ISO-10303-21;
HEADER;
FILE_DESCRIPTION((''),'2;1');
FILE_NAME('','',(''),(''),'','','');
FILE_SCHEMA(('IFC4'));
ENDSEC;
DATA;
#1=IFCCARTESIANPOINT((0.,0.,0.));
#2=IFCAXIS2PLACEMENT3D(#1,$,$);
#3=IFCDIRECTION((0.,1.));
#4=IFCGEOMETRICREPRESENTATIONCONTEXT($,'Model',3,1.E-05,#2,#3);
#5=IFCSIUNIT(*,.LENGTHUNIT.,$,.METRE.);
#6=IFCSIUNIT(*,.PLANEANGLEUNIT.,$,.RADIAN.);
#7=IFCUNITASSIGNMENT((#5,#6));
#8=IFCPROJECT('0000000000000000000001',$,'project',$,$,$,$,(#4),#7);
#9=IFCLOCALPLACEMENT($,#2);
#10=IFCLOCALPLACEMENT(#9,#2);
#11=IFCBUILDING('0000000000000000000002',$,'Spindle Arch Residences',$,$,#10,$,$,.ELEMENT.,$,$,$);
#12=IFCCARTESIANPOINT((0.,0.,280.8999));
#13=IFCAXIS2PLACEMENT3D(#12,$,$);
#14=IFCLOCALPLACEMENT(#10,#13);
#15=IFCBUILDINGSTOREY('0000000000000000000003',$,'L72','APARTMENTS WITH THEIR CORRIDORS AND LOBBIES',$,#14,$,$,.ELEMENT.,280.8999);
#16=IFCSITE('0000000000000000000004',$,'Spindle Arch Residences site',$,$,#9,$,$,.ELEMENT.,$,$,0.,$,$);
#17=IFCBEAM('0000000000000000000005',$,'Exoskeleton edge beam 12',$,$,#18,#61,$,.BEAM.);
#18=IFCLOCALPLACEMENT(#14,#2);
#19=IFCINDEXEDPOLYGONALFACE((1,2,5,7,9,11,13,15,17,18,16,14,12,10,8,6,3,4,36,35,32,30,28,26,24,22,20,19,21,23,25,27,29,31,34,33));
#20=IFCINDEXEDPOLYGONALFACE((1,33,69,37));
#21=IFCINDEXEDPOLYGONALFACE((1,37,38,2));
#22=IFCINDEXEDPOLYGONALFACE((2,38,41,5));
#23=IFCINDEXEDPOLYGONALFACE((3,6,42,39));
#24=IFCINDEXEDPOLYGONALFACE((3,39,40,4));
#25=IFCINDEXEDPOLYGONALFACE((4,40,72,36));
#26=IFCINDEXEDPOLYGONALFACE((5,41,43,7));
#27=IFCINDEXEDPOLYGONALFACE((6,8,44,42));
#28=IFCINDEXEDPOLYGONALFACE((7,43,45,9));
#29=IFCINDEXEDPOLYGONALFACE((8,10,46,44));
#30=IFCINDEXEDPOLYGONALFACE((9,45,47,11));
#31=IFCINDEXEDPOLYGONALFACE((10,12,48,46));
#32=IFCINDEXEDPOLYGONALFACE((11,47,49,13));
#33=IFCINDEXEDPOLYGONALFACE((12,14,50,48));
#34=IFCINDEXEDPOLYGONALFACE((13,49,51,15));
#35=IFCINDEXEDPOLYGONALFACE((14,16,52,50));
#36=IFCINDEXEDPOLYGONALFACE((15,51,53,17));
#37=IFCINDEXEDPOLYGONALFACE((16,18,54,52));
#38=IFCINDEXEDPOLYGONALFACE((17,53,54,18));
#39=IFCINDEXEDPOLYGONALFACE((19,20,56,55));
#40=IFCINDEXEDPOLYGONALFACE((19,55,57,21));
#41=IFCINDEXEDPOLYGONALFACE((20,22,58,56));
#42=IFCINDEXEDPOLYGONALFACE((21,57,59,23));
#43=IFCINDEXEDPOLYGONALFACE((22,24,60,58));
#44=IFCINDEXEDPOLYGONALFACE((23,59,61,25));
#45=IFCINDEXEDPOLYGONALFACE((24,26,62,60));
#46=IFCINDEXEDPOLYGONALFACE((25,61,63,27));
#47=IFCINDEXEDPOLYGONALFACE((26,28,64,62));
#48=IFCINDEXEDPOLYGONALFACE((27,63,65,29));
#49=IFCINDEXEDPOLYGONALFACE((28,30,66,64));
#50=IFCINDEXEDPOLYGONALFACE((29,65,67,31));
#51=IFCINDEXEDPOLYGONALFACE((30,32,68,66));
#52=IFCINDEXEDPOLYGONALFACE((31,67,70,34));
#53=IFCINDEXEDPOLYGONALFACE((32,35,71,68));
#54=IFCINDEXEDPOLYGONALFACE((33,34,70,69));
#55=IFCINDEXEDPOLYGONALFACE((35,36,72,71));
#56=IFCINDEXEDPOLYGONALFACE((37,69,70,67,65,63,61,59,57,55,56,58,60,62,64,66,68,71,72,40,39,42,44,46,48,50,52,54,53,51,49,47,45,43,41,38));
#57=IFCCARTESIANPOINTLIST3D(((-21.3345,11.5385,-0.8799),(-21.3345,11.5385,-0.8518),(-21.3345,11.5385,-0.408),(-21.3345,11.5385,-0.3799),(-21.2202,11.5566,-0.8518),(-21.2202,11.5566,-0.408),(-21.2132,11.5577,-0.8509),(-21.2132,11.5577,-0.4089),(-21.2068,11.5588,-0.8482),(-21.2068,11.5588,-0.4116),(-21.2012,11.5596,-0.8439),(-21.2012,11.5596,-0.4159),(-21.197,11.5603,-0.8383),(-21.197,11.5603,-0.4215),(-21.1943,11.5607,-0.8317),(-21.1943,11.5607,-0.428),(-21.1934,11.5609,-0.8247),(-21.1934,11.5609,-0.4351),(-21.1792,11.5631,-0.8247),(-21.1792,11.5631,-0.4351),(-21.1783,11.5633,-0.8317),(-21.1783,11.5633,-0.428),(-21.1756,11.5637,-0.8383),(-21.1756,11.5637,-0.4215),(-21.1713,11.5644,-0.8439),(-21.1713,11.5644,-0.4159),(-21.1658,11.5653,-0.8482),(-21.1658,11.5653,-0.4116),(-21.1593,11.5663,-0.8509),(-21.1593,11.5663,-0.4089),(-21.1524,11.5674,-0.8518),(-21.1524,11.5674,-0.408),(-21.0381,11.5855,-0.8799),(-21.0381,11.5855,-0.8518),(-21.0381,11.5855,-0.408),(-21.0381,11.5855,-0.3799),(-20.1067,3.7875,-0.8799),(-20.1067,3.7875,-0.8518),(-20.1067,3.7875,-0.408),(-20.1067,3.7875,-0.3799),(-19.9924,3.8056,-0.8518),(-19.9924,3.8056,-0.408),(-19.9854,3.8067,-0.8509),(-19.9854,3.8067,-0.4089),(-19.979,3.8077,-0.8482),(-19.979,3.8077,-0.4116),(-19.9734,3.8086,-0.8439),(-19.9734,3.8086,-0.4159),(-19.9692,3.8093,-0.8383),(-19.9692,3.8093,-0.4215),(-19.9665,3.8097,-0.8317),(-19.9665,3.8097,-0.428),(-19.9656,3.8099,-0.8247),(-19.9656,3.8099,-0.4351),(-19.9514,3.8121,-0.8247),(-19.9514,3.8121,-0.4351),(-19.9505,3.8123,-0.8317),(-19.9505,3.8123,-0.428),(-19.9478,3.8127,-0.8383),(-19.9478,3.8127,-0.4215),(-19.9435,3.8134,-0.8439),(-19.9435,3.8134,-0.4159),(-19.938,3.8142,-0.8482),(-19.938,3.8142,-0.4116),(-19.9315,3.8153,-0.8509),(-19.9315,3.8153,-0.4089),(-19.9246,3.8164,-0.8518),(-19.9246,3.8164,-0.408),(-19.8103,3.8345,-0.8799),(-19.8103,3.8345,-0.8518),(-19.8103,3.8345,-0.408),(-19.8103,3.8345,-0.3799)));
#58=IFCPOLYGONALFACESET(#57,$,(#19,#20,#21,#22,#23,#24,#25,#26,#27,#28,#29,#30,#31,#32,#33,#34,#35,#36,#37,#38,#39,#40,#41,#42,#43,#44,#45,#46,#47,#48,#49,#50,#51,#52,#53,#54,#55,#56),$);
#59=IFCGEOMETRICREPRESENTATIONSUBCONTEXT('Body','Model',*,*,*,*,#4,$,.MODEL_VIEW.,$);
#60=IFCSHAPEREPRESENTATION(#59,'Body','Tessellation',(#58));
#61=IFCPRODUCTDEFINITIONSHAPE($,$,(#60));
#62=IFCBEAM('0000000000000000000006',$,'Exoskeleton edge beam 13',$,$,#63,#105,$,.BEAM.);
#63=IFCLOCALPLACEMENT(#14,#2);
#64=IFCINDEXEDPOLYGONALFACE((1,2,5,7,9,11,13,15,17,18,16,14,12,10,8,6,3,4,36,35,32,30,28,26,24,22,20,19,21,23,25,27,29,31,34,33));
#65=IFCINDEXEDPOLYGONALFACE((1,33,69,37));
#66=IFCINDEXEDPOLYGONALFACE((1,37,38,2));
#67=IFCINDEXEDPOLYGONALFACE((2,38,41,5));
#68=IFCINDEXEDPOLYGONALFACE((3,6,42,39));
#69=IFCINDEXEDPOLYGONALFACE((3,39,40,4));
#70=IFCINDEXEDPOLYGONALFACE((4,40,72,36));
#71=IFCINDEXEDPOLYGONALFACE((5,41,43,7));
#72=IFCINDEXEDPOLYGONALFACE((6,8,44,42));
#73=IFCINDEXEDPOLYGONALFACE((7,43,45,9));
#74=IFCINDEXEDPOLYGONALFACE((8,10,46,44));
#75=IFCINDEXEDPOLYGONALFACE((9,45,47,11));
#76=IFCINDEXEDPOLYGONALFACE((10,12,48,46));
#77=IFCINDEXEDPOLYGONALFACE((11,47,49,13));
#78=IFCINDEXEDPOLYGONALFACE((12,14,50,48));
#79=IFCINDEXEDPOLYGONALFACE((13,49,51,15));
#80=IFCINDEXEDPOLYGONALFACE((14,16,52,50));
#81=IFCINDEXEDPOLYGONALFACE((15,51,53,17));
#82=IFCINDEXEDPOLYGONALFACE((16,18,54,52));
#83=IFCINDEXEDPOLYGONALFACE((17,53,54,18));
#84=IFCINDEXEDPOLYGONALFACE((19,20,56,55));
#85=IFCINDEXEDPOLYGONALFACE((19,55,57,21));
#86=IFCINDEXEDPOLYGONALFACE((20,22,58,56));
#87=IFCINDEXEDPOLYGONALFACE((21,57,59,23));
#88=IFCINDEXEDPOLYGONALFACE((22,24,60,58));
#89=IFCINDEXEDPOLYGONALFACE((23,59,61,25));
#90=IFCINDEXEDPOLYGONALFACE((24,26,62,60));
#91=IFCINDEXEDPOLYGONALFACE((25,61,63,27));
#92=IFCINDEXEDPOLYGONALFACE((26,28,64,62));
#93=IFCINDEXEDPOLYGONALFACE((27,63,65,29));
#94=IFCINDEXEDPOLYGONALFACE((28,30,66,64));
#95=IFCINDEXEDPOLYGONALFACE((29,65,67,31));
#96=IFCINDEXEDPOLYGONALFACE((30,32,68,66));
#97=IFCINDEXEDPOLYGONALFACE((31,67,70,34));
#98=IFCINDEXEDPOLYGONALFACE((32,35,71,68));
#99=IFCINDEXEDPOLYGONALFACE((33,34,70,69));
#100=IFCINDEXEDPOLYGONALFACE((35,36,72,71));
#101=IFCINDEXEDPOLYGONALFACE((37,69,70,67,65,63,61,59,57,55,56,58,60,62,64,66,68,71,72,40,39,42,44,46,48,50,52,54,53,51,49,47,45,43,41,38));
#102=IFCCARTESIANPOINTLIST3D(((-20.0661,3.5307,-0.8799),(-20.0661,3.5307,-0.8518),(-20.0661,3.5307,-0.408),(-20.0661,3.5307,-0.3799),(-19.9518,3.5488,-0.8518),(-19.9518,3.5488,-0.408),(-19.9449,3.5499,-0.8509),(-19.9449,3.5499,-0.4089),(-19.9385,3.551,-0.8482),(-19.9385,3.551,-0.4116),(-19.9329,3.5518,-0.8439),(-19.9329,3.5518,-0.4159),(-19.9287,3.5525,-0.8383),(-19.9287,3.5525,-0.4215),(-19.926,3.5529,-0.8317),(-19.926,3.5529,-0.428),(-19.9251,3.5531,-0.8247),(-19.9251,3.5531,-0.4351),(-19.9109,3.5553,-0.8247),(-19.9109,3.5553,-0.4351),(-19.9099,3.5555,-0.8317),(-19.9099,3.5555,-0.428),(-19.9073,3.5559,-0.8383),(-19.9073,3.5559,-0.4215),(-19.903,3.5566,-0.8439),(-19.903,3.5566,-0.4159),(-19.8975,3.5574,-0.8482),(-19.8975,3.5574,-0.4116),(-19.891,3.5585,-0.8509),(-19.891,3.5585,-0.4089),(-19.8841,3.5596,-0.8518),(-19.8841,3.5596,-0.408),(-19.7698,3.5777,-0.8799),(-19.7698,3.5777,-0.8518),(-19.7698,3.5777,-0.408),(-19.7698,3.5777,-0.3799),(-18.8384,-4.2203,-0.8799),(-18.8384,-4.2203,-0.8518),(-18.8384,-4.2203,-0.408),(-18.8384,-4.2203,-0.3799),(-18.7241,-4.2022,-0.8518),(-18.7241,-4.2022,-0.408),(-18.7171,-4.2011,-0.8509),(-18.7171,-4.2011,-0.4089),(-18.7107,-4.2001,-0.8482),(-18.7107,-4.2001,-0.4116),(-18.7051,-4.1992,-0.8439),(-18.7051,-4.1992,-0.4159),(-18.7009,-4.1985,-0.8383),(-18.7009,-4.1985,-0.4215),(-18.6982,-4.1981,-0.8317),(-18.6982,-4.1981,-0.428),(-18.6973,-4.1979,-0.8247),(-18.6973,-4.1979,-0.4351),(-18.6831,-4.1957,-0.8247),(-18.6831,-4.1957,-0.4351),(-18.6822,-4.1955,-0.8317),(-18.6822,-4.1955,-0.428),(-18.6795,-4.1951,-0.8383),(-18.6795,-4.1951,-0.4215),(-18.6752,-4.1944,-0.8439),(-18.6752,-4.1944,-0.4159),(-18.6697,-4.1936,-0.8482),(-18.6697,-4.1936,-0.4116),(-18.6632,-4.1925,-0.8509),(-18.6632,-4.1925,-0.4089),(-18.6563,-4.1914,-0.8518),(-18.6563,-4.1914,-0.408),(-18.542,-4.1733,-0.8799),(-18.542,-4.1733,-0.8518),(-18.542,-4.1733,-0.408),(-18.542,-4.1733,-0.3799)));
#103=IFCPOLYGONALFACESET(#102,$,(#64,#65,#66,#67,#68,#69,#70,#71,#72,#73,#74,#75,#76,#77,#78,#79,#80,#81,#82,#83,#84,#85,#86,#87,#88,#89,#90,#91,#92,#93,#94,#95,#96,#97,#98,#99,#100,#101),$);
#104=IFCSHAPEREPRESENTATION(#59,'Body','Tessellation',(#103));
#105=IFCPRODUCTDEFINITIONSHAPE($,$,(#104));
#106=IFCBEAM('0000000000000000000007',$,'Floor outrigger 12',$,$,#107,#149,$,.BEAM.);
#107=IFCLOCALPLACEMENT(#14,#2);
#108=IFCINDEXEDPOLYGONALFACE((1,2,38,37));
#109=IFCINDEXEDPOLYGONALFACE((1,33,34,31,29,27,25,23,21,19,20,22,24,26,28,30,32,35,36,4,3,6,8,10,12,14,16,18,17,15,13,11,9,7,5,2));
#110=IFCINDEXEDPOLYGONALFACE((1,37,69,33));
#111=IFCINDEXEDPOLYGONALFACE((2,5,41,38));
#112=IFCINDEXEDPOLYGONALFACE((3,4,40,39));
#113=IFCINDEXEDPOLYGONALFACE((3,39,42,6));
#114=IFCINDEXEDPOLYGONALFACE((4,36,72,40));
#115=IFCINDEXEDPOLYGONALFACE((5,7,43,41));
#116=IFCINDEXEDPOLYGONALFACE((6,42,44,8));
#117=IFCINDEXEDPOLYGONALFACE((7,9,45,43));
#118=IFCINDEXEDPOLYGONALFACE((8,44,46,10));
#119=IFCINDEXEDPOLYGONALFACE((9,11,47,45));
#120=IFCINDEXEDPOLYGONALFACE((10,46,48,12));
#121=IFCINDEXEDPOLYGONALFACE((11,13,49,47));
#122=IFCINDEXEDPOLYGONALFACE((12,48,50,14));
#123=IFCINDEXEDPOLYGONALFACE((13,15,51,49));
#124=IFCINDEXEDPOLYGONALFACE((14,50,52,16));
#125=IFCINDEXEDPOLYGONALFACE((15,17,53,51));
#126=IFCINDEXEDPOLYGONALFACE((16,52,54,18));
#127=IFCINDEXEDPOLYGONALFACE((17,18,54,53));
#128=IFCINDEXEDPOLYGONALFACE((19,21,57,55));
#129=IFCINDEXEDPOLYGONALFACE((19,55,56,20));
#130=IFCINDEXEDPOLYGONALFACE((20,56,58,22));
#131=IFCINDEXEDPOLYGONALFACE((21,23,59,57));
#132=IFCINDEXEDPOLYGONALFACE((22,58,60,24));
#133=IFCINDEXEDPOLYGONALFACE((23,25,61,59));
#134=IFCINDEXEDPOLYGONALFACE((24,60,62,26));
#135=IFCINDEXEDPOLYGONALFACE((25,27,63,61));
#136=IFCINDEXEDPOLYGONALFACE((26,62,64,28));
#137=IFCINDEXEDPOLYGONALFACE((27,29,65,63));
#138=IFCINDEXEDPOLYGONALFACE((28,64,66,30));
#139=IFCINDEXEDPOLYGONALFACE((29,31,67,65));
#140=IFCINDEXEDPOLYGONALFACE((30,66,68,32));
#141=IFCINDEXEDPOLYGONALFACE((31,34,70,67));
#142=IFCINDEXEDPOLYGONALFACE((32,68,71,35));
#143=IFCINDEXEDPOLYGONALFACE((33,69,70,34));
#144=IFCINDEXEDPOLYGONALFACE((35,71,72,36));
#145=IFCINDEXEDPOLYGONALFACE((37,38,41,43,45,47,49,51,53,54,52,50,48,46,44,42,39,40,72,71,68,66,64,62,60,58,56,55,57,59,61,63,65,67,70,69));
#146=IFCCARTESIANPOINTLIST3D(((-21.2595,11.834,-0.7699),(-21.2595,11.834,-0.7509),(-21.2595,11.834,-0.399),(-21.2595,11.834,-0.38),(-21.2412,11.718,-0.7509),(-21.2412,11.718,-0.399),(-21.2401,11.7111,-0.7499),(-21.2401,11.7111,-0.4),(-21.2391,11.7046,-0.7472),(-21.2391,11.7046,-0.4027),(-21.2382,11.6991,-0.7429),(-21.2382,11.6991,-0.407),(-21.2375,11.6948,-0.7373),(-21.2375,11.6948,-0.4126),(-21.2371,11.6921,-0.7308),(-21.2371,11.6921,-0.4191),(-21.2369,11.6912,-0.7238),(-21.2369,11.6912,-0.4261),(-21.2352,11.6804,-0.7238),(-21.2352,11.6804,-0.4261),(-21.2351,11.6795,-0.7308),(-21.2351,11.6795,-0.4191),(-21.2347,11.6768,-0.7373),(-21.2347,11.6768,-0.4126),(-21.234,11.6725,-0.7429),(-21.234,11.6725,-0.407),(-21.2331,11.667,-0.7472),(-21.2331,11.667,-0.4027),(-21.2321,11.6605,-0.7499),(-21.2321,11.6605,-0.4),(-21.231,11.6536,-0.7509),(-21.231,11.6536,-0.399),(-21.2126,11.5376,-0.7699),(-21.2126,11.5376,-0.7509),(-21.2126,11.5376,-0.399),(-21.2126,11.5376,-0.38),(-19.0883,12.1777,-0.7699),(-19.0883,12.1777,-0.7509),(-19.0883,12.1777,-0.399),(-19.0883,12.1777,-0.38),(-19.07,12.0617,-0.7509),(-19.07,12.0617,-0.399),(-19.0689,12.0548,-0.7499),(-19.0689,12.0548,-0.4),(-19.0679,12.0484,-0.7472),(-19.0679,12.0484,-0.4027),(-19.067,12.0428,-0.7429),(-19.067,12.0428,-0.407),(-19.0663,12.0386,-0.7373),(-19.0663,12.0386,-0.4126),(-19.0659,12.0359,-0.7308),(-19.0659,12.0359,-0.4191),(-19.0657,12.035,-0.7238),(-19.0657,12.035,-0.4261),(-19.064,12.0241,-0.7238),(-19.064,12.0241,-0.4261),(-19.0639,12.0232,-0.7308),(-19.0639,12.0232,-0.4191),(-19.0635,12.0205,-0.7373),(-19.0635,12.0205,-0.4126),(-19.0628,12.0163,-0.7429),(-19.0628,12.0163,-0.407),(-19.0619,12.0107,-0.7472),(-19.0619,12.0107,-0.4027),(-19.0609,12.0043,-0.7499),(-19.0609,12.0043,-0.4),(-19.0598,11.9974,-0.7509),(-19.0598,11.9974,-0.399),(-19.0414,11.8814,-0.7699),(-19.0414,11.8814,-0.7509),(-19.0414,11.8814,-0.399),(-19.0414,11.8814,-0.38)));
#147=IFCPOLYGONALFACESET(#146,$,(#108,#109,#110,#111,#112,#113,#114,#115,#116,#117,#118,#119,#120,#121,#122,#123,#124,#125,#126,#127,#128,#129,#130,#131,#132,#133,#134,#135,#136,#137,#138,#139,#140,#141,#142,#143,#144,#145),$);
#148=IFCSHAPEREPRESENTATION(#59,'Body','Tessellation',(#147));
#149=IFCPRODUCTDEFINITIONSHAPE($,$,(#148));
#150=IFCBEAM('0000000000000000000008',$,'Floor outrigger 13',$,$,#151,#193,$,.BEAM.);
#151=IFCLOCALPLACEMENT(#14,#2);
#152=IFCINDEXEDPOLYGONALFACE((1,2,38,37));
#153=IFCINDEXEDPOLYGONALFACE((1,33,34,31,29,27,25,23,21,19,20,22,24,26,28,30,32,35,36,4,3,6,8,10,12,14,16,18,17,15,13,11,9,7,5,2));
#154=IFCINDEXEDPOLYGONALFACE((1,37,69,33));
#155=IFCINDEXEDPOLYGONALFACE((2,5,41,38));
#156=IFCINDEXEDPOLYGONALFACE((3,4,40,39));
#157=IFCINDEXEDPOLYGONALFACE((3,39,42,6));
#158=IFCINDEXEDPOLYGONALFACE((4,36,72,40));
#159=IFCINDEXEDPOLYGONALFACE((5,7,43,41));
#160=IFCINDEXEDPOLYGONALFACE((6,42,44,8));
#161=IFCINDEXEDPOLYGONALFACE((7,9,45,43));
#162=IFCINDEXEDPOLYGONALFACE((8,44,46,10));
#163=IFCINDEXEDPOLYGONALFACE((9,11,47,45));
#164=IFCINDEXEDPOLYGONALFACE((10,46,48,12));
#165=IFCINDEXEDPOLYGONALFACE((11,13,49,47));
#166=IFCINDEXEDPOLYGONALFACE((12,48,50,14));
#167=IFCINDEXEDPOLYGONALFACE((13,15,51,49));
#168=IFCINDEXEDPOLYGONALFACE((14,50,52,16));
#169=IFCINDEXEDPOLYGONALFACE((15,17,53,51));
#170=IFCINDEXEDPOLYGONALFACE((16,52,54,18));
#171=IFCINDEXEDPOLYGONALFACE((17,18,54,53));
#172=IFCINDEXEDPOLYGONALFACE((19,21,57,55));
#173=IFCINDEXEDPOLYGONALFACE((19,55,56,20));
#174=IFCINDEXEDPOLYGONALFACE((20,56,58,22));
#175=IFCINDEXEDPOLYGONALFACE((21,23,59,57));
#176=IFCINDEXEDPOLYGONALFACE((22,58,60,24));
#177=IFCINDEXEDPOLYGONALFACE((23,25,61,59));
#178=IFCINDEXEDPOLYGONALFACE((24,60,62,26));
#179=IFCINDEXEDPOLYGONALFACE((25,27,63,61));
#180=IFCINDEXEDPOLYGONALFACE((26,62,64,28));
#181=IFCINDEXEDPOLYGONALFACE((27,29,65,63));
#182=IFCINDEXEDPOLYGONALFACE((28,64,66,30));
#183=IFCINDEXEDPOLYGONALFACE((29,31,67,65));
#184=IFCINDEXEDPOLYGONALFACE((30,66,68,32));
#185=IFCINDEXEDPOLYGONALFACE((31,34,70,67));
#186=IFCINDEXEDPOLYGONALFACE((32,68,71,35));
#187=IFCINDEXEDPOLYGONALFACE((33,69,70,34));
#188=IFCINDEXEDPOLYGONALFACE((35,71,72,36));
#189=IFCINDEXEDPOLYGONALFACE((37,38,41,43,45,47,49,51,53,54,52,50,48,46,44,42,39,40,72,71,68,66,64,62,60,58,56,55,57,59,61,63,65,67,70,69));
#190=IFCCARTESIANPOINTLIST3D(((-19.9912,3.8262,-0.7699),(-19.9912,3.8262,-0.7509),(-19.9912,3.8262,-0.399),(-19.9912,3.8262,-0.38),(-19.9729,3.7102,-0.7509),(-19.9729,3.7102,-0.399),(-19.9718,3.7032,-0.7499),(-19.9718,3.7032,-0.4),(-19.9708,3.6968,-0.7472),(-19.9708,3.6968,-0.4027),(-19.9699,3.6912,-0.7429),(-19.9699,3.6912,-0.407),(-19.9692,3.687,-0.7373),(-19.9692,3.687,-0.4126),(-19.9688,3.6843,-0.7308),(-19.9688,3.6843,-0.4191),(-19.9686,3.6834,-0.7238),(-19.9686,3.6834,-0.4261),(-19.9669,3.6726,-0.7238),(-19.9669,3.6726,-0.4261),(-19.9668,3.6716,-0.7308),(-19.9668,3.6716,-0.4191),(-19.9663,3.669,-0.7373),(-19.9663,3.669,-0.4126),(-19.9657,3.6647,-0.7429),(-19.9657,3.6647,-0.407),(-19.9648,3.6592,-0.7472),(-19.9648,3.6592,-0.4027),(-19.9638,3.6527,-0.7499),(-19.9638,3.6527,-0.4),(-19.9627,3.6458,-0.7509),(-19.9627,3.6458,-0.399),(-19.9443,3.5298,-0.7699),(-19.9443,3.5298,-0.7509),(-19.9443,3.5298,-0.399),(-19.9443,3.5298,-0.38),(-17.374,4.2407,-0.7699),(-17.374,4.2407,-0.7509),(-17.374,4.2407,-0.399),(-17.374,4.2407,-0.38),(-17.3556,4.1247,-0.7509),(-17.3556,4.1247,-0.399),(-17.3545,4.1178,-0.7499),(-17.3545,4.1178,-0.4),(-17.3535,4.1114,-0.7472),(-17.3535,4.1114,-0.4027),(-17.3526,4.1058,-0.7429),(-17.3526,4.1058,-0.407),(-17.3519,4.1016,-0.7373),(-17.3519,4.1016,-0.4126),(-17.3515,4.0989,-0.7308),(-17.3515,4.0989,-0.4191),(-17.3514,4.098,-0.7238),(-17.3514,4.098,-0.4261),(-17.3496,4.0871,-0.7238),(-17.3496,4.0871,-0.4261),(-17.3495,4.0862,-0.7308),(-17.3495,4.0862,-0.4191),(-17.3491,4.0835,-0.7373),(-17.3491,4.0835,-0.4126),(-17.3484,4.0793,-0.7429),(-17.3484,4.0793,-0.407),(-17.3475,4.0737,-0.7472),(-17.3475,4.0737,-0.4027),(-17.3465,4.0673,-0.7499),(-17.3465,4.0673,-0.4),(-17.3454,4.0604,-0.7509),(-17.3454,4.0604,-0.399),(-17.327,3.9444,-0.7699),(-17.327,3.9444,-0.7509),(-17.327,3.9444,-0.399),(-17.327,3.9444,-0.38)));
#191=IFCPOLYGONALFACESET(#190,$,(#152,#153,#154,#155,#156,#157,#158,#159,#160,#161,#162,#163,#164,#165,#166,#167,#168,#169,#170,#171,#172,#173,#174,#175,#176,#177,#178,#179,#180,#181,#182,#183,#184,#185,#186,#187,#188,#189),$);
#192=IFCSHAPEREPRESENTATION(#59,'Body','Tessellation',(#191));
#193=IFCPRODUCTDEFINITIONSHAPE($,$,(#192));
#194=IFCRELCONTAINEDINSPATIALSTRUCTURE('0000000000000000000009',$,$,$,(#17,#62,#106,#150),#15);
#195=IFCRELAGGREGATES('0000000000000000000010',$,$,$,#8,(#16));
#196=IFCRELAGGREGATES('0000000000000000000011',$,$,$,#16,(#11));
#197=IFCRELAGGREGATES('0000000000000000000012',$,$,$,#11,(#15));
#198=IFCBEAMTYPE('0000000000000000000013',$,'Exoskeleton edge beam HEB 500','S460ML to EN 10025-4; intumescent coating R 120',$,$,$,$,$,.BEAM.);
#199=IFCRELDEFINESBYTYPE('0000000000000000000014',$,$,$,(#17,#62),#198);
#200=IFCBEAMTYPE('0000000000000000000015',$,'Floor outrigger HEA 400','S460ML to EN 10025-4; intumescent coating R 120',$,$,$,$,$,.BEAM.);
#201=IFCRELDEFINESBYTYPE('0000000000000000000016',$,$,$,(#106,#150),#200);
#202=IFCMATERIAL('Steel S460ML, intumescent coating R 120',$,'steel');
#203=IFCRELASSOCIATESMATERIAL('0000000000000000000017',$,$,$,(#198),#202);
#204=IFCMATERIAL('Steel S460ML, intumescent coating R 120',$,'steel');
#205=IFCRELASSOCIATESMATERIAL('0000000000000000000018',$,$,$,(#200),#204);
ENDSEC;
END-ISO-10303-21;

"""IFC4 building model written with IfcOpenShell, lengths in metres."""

from ifc_helpers import new_model, si_unit, direction, frame, origin, origin_2d, place, context, subcontext, project, spatial, i_section, extrude, material, material_profile, profile_set, type_object, element, save


model = new_model("IFC4")

# Units and contexts
model_context = context("Model", 3, precision=1e-05, world=origin(), true_north=direction((0.0, 1.0)))
body_context = subcontext(model_context, "Body", "Model", "MODEL_VIEW")
ifc_project = project(units=[si_unit("LENGTHUNIT", "METRE"), si_unit("PLANEANGLEUNIT", "RADIAN")], contexts=[model_context])

# Site, building, storey
site_placement = place(None, origin())
site = spatial("IfcSite", under=ifc_project, at=site_placement, Name="Spindle Arch Residences site", CompositionType="ELEMENT", RefElevation=0.0)
building_placement = place(site_placement, origin())
building = spatial("IfcBuilding", under=site, at=building_placement, Name="Spindle Arch Residences", CompositionType="ELEMENT")
storey_placement = place(building_placement, frame((0.0, 0.0, 280.8999)))
storey = spatial("IfcBuildingStorey", under=building, at=storey_placement, Name="L72", Description="APARTMENTS WITH THEIR CORRIDORS AND LOBBIES", CompositionType="ELEMENT", Elevation=280.8999)

# Beams
ifc_material_1 = material(Name="Steel S460ML, intumescent coating R 120", Category="steel")
ifc_material_profile_1 = material_profile(ifc_material_1, i_section(OverallWidth=0.3, OverallDepth=0.5, WebThickness=0.0144, FlangeThickness=0.0281, FilletRadius=0.0271, at=origin_2d()), Name="HEB 500")
ifc_profile_set_1 = profile_set([ifc_material_profile_1], Name="Steel S460ML, intumescent coating R 120")
beam_type_1 = type_object("IfcBeamType", Name="Exoskeleton edge beam HEB 500", Description="S460ML to EN 10025-4; intumescent coating R 120", PredefinedType="BEAM", material=ifc_profile_set_1)
for number, where, z_axis, x_axis, name in (
    (1, (-21.1863, 11.562, -0.6299), (0.156453, -0.987685, 0.0), (0.987685, 0.156453, 0.0), "Exoskeleton edge beam 12"),
    (2, (-19.918, 3.5542, -0.6299), (0.156453, -0.987685, 0.0), (0.987685, 0.156453, 0.0), "Exoskeleton edge beam 13"),
):
    element("IfcBeam", number, at=place(storey_placement, frame(where, z_axis=z_axis, x_axis=x_axis)), inside=storey, type_object=beam_type_1, Name=name, PredefinedType="BEAM", context=body_context, shape_type="SweptSolid", body=[
        extrude(i_section(OverallWidth=0.3, OverallDepth=0.5, WebThickness=0.0144, FlangeThickness=0.0281, FilletRadius=0.0271, at=origin_2d()), origin(), (0.0, 0.0, 1.0), 7.8477),
    ])
ifc_material_2 = material(Name="Steel S460ML, intumescent coating R 120", Category="steel")
ifc_material_profile_2 = material_profile(ifc_material_2, i_section(OverallWidth=0.3, OverallDepth=0.3899, WebThickness=0.011, FlangeThickness=0.019, FilletRadius=0.0271, at=origin_2d()), Name="HEA 400")
ifc_profile_set_2 = profile_set([ifc_material_profile_2], Name="Steel S460ML, intumescent coating R 120")
beam_type_2 = type_object("IfcBeamType", Name="Floor outrigger HEA 400", Description="S460ML to EN 10025-4; intumescent coating R 120", PredefinedType="BEAM", material=ifc_profile_set_2)
beam_1_placement = place(storey_placement, frame((-21.2361, 11.6858, -0.575), z_axis=(0.987697, 0.156379, 0.0), x_axis=(-0.156379, 0.987697, 0.0)))
element("IfcBeam", 3, at=beam_1_placement, inside=storey, type_object=beam_type_2, Name="Floor outrigger 12", PredefinedType="BEAM", context=body_context, shape_type="SweptSolid", body=[
    extrude(i_section(OverallWidth=0.3, OverallDepth=0.3899, WebThickness=0.011, FlangeThickness=0.019, FilletRadius=0.0271, at=origin_2d()), origin(), (0.0, 0.0, 1.0), 2.1982),
])
beam_2_placement = place(storey_placement, frame((-19.9678, 3.678, -0.575), z_axis=(0.987687, 0.156445, 0.0), x_axis=(-0.156445, 0.987687, 0.0)))
element("IfcBeam", 4, at=beam_2_placement, inside=storey, type_object=beam_type_2, Name="Floor outrigger 13", PredefinedType="BEAM", context=body_context, shape_type="SweptSolid", body=[
    extrude(i_section(OverallWidth=0.3, OverallDepth=0.3899, WebThickness=0.011, FlangeThickness=0.019, FilletRadius=0.0271, at=origin_2d()), origin(), (0.0, 0.0, 1.0), 2.6499),
])

save(model, "model.ifc")
